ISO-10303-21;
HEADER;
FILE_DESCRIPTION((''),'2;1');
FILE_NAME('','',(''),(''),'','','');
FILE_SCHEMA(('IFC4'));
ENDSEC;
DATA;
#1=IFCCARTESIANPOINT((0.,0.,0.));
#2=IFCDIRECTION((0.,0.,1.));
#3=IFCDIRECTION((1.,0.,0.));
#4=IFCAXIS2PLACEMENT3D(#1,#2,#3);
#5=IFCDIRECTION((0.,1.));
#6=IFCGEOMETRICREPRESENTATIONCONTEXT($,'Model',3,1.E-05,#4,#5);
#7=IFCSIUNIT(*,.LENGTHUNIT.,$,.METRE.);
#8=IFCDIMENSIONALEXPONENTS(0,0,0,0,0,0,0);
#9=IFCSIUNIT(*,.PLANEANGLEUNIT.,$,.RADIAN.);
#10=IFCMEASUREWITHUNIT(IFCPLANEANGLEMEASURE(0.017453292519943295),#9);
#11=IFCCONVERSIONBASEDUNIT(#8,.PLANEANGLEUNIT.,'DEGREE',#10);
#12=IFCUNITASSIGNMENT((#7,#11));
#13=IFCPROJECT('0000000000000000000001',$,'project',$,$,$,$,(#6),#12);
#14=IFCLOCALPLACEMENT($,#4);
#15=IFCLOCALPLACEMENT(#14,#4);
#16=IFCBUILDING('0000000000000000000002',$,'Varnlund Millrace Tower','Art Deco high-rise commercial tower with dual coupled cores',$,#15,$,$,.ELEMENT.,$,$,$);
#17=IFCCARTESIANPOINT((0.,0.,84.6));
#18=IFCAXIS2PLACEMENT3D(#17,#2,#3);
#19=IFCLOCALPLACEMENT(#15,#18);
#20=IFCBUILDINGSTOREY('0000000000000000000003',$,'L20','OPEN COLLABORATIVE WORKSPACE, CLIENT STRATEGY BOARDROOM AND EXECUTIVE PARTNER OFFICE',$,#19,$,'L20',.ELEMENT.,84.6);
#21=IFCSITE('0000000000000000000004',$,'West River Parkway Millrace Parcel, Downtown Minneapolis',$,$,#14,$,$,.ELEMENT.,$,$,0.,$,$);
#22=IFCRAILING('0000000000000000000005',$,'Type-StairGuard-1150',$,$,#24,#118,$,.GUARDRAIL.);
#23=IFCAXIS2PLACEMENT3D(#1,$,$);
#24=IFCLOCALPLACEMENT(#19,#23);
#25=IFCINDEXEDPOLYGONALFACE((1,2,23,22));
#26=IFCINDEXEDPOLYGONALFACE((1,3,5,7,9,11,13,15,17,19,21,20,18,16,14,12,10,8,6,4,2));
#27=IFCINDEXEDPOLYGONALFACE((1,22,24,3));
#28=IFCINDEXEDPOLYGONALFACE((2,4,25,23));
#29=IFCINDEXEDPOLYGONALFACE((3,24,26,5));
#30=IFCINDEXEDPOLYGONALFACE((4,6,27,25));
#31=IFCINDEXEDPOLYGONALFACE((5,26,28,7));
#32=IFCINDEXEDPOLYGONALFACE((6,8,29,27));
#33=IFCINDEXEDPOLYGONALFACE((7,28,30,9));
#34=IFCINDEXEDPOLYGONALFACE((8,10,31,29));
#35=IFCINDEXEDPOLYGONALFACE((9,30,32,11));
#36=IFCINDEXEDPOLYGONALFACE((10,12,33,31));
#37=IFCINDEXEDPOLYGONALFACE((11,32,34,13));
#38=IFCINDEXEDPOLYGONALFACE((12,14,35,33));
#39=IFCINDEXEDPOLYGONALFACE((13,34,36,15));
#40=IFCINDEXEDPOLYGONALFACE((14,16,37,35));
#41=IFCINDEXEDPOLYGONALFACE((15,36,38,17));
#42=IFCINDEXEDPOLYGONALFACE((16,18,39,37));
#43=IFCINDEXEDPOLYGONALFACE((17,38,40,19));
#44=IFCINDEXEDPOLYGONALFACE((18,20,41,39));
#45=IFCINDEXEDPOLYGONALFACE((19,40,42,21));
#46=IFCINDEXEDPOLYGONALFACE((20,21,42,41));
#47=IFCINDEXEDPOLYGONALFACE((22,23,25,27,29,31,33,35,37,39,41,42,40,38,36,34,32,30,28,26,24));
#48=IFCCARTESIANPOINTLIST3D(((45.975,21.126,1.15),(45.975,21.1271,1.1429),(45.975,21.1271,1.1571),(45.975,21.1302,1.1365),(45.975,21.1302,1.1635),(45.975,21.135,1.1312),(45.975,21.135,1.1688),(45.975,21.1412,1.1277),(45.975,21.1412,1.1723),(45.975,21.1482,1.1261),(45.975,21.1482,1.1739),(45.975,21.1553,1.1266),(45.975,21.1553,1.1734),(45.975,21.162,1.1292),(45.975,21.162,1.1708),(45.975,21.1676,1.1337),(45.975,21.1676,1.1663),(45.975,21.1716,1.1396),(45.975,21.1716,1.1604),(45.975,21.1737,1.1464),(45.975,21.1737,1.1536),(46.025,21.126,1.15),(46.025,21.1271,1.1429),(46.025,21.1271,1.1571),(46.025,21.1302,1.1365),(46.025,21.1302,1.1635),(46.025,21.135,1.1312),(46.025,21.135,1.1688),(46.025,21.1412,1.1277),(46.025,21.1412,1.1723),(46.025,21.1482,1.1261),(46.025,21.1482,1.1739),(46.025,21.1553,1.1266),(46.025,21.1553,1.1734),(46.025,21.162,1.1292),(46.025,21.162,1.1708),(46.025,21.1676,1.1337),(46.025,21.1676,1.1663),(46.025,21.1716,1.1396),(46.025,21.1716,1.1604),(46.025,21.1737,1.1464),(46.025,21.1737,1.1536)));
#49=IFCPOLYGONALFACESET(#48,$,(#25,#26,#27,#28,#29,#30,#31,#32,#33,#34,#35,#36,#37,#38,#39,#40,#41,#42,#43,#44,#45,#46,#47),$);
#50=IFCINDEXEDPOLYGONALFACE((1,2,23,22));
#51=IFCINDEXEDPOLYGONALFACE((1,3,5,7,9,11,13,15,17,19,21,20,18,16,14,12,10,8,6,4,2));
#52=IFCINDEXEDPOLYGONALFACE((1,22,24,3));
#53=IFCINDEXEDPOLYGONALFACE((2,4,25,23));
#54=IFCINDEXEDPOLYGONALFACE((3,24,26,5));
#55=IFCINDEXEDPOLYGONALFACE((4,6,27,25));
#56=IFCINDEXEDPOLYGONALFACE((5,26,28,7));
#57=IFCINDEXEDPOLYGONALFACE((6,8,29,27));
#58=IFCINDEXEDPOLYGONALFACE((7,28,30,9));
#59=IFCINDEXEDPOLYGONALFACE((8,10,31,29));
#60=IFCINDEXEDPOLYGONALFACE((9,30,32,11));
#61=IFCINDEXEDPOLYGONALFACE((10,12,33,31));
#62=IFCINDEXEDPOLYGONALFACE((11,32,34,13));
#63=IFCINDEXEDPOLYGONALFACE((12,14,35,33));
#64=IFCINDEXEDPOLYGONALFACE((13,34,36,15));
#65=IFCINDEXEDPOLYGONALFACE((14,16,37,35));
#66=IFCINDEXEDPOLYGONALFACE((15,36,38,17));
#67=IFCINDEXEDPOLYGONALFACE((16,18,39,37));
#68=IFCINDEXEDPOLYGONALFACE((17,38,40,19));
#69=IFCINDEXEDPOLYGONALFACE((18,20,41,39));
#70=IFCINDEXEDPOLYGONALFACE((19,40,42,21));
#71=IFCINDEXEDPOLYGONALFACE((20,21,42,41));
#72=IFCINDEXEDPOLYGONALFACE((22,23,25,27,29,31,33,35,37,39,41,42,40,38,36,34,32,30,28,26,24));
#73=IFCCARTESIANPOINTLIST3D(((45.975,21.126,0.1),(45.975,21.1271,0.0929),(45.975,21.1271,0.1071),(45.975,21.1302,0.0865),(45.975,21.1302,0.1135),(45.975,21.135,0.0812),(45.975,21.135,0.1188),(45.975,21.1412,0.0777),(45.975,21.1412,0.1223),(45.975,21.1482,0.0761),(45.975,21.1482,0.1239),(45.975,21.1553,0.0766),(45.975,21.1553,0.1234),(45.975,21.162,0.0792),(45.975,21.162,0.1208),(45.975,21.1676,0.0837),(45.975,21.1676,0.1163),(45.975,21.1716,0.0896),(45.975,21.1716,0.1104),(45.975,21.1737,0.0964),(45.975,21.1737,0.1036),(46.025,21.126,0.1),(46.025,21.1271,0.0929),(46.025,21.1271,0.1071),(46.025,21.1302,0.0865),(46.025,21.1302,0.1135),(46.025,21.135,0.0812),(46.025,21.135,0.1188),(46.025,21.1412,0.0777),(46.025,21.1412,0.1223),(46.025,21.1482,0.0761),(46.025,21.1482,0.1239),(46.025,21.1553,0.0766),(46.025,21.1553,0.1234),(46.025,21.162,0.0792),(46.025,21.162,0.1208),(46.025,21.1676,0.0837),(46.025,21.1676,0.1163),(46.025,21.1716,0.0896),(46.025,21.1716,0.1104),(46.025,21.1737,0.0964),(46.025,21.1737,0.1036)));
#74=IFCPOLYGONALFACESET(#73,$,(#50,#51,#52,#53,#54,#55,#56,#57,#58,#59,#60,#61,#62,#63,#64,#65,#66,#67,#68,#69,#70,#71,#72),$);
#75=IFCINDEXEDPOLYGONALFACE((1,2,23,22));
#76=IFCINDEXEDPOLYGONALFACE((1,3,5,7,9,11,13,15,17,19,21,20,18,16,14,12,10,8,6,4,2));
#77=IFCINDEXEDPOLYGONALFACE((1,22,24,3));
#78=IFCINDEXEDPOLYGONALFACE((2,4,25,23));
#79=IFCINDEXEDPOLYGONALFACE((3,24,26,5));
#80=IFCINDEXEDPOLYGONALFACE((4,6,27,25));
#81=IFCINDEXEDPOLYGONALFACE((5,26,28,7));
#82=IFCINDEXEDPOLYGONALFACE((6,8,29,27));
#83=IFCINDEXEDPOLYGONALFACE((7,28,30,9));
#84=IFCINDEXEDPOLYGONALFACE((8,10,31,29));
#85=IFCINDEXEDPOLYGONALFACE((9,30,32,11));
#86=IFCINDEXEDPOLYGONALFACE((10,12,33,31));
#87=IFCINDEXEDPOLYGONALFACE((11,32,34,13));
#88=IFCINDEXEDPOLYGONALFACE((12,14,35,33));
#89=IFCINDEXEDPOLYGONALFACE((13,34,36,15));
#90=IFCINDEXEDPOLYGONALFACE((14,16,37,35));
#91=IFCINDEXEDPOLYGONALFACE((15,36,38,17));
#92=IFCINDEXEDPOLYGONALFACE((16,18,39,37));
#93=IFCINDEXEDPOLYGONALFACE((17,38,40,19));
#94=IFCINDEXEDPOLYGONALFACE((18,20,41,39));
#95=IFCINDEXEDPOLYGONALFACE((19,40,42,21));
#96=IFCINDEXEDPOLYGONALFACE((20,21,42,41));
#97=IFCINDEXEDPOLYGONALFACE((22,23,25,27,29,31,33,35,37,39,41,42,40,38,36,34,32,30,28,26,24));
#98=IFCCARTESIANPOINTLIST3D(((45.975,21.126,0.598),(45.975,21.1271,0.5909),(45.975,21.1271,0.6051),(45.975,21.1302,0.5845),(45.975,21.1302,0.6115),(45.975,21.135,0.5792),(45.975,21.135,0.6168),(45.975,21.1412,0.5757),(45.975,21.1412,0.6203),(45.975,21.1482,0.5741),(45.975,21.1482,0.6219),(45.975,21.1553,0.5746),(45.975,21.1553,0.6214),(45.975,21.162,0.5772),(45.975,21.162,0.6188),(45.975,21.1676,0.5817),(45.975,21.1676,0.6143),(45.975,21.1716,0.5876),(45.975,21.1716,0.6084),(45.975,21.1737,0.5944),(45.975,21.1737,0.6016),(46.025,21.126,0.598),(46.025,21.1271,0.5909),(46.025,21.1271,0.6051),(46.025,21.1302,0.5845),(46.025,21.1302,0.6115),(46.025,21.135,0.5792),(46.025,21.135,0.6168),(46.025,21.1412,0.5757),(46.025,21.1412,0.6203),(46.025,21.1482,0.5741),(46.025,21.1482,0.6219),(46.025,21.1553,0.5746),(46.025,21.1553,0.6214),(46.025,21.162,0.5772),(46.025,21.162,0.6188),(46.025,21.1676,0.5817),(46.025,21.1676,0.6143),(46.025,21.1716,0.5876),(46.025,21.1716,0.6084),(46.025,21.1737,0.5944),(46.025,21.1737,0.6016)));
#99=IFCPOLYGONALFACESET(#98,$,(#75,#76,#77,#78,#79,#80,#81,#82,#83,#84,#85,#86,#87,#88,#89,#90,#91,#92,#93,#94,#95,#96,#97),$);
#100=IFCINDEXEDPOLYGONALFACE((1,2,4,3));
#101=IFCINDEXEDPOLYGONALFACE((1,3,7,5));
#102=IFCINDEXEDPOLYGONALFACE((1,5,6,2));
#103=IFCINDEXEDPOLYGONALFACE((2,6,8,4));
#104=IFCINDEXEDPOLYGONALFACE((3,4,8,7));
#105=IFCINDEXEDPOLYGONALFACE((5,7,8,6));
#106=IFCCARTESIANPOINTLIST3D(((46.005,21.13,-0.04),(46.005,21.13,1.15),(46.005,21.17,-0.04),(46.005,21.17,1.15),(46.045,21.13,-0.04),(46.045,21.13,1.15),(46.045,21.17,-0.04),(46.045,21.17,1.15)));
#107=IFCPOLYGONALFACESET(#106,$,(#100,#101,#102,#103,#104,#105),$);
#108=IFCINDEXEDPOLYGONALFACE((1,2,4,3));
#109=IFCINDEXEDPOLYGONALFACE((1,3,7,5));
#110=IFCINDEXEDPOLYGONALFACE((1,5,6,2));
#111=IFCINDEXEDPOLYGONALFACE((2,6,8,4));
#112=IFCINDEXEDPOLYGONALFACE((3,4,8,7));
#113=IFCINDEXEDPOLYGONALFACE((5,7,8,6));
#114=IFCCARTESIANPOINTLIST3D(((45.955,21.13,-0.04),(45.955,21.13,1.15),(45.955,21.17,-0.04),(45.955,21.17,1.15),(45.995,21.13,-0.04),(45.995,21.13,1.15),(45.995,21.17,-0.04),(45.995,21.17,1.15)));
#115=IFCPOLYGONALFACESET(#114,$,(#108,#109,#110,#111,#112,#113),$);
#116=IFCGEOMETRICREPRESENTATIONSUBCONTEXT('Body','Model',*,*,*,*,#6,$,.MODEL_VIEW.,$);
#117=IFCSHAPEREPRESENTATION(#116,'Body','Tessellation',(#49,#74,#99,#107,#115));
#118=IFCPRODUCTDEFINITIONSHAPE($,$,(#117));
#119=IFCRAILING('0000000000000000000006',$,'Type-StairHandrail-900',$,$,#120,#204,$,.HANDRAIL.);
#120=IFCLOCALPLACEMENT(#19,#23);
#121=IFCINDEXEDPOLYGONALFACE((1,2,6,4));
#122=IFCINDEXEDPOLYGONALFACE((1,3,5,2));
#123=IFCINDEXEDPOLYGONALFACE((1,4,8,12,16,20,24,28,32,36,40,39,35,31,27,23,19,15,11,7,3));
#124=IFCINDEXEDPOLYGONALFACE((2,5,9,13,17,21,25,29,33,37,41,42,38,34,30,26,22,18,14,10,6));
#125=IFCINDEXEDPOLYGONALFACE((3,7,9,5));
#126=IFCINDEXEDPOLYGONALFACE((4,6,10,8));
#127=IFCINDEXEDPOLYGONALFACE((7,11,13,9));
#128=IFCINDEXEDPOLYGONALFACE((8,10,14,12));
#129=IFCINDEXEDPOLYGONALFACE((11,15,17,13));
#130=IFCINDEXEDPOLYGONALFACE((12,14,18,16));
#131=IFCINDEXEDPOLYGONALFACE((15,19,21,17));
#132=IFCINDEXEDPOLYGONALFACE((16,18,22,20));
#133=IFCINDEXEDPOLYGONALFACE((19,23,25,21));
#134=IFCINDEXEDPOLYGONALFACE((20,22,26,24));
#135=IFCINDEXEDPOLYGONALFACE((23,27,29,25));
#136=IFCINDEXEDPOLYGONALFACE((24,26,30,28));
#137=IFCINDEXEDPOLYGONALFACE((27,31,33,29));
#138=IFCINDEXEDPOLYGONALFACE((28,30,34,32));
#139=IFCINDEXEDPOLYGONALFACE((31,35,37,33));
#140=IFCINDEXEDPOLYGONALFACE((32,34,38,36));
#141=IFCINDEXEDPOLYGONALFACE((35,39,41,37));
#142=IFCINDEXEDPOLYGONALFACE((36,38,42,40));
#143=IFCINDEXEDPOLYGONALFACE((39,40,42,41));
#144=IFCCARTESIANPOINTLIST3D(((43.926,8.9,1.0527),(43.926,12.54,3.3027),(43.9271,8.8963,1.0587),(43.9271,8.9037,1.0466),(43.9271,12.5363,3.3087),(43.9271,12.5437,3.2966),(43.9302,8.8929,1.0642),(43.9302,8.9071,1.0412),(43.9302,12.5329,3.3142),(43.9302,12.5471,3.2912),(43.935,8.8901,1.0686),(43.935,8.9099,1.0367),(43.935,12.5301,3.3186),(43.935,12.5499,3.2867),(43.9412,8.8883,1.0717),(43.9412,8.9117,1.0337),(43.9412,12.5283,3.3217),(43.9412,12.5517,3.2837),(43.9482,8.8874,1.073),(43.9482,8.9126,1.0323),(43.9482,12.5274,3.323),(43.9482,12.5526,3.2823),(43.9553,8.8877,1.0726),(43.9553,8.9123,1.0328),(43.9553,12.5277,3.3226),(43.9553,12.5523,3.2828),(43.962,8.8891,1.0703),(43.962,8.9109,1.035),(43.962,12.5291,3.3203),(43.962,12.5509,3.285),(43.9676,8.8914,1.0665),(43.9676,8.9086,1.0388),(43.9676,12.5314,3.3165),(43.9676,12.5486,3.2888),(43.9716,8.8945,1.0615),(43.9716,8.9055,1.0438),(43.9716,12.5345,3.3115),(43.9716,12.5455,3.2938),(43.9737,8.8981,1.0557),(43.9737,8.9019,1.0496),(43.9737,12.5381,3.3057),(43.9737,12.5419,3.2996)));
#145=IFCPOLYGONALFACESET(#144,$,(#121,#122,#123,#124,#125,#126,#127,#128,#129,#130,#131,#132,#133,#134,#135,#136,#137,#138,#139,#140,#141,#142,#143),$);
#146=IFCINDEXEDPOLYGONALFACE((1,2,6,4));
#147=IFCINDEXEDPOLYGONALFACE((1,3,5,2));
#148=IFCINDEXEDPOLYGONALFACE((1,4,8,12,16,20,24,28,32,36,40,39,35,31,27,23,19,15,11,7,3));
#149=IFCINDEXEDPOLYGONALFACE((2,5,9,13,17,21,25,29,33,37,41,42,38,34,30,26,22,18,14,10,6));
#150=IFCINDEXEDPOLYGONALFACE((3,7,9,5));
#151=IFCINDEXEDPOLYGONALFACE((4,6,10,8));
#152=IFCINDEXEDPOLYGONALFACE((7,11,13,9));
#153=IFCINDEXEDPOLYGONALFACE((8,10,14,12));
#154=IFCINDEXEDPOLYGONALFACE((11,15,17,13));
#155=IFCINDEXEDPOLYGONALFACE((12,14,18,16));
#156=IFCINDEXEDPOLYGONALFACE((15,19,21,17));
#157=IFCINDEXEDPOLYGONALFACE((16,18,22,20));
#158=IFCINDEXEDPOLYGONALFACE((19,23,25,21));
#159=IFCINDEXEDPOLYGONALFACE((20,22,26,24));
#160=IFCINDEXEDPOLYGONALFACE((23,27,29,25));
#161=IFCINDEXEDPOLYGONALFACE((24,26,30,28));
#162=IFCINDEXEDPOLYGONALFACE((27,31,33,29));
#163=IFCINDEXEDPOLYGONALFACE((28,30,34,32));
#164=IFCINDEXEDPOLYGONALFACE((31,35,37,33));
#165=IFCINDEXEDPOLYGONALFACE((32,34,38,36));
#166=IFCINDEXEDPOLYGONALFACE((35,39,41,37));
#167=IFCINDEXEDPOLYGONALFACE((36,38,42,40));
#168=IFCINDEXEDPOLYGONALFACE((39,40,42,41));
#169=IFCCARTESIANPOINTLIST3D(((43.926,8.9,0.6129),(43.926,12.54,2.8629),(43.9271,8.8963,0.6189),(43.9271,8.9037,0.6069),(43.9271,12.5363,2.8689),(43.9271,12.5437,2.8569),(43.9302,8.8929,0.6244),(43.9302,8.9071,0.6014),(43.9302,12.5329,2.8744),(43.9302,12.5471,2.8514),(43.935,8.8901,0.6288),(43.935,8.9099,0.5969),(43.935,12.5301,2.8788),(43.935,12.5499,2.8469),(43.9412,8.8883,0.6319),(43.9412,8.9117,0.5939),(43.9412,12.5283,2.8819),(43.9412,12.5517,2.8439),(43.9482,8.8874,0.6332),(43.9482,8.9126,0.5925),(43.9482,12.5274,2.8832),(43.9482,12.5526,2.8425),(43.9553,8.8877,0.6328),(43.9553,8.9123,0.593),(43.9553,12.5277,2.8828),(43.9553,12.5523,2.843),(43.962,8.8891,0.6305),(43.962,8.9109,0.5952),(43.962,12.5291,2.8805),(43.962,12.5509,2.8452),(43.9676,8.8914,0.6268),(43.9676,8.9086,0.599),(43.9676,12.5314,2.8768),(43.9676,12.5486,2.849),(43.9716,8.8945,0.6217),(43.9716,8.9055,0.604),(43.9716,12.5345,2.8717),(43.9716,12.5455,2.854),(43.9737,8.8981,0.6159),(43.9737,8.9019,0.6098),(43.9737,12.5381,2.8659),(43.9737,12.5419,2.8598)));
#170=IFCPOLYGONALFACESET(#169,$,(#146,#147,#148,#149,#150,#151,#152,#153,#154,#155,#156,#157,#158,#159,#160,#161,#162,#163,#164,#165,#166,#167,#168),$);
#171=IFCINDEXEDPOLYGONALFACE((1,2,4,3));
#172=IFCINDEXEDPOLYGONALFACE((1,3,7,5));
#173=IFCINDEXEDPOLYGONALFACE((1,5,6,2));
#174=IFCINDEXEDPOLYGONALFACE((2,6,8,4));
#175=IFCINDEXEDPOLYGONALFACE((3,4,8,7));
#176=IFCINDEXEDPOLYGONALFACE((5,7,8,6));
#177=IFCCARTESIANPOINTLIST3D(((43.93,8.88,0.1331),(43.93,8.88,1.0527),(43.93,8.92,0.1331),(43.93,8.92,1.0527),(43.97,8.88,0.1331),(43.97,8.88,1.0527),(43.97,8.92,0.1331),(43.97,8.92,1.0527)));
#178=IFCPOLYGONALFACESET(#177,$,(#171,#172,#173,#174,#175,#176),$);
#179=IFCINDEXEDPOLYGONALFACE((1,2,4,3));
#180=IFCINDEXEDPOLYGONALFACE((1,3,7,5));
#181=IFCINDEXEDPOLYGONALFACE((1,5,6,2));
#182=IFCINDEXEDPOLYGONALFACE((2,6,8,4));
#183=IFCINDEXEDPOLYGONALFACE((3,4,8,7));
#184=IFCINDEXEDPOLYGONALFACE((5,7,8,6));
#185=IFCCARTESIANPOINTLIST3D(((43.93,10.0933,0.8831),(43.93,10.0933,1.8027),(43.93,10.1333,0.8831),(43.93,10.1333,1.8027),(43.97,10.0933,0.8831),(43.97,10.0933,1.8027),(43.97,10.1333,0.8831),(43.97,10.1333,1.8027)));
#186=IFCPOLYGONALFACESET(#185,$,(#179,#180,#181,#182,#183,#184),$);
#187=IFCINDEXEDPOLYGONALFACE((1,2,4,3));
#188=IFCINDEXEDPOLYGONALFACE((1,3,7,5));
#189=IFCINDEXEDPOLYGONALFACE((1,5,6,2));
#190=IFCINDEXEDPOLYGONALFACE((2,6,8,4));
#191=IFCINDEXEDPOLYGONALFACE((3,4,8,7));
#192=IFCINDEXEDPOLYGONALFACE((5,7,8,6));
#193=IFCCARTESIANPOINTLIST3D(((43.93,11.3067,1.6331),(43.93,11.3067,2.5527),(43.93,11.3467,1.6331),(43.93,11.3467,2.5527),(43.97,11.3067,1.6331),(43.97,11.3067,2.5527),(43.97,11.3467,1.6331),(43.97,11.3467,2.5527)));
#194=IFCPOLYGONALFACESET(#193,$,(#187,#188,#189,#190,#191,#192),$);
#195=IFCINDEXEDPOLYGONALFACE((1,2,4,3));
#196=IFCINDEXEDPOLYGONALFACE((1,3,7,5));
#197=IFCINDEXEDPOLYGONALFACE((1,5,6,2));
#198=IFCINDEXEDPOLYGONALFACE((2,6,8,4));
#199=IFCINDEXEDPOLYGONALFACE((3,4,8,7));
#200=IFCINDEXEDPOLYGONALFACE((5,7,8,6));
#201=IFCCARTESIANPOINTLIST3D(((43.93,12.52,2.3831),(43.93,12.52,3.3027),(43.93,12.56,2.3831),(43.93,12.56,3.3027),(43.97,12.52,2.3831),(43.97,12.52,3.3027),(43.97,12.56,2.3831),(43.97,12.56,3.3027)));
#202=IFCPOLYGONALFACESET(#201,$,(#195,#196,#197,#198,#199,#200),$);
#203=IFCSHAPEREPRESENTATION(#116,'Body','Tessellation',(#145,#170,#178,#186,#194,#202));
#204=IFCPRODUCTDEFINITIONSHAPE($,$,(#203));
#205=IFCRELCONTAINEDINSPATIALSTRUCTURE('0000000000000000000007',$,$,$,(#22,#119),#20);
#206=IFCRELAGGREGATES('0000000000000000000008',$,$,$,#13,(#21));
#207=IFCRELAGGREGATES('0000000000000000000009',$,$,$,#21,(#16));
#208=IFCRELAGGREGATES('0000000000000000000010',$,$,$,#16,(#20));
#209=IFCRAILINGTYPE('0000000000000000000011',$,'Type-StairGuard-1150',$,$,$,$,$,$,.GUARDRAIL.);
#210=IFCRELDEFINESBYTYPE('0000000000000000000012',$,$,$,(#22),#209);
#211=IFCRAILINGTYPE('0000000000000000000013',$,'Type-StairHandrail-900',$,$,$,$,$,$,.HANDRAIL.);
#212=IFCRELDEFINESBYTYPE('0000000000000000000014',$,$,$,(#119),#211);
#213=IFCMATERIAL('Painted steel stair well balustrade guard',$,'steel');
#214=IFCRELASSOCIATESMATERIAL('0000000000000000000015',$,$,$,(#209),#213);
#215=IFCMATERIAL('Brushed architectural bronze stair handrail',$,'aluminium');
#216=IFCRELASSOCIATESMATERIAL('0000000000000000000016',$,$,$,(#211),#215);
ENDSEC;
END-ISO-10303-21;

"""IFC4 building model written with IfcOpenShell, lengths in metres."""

from ifc_helpers import new_model, entity, si_unit, converted_unit, direction, frame, origin_with_axes, origin_2d_with_axis, place, context, subcontext, project, spatial, rectangle, circle, extrude, material, type_object, element, save


model = new_model("IFC4")

# Units and contexts
model_context = context("Model", 3, precision=1e-05, world=origin_with_axes(), true_north=direction((0.0, 1.0)))
body_context = subcontext(model_context, "Body", "Model", "MODEL_VIEW")
ifc_project = project(units=[si_unit("LENGTHUNIT", "METRE"), converted_unit("PLANEANGLEUNIT", "DEGREE", entity("IfcPlaneAngleMeasure", 0.017453292519943295), si_unit("PLANEANGLEUNIT", "RADIAN"), dimensions=[0, 0, 0, 0, 0, 0, 0])], contexts=[model_context])

# Site, building, storey
site_placement = place(None, origin_with_axes())
site = spatial("IfcSite", under=ifc_project, at=site_placement, Name="West River Parkway Millrace Parcel, Downtown Minneapolis", CompositionType="ELEMENT", RefElevation=0.0)
building_placement = place(site_placement, origin_with_axes())
building = spatial("IfcBuilding", under=site, at=building_placement, Name="Varnlund Millrace Tower", Description="Art Deco high-rise commercial tower with dual coupled cores", CompositionType="ELEMENT")
storey_placement = place(building_placement, frame((0.0, 0.0, 84.6), z_axis=(0.0, 0.0, 1.0), x_axis=(1.0, 0.0, 0.0)))
storey = spatial("IfcBuildingStorey", under=building, at=storey_placement, Name="L20", Description="OPEN COLLABORATIVE WORKSPACE, CLIENT STRATEGY BOARDROOM AND EXECUTIVE PARTNER OFFICE", LongName="L20", CompositionType="ELEMENT", Elevation=84.6)

# Railings
ifc_material_1 = material(Name="Painted steel stair well balustrade guard", Category="steel")
railing_type_1 = type_object("IfcRailingType", Name="Type-StairGuard-1150", PredefinedType="GUARDRAIL", material=ifc_material_1)
railing_1_placement = place(storey_placement, frame((0.0, 0.0, -84.6), z_axis=(0.0, 0.0, 1.0), x_axis=(1.0, 0.0, 0.0)))
element("IfcRailing", 1, at=railing_1_placement, inside=storey, type_object=railing_type_1, Name="Type-StairGuard-1150", PredefinedType="GUARDRAIL", context=body_context, shape_type="SweptSolid", body=[
    extrude(circle(Radius=0.024, at=origin_2d_with_axis()), frame((46.025, 21.15, 85.75), z_axis=(-1.0, 0.0, 0.0), x_axis=(0.0, -1.0, 0.0)), (0.0, 0.0, 1.0), 0.05),
    extrude(circle(Radius=0.024, at=origin_2d_with_axis()), frame((46.025, 21.15, 84.7), z_axis=(-1.0, 0.0, 0.0), x_axis=(0.0, -1.0, 0.0)), (0.0, 0.0, 1.0), 0.05),
    extrude(circle(Radius=0.024, at=origin_2d_with_axis()), frame((46.025, 21.15, 85.198), z_axis=(-1.0, 0.0, 0.0), x_axis=(0.0, -1.0, 0.0)), (0.0, 0.0, 1.0), 0.05),
    extrude(rectangle(XDim=0.04, YDim=0.04, at=origin_2d_with_axis()), frame((46.025, 21.15, 84.56), z_axis=(0.0, 0.0, 1.0), x_axis=(1.0, 0.0, 0.0)), (0.0, 0.0, 1.0), 1.19),
    extrude(rectangle(XDim=0.04, YDim=0.04, at=origin_2d_with_axis()), frame((45.975, 21.15, 84.56), z_axis=(0.0, 0.0, 1.0), x_axis=(1.0, 0.0, 0.0)), (0.0, 0.0, 1.0), 1.19),
])
ifc_material_2 = material(Name="Brushed architectural bronze stair handrail", Category="aluminium")
railing_type_2 = type_object("IfcRailingType", Name="Type-StairHandrail-900", PredefinedType="HANDRAIL", material=ifc_material_2)
railing_2_placement = place(storey_placement, frame((0.0, 0.0, -84.6), z_axis=(0.0, 0.0, 1.0), x_axis=(1.0, 0.0, 0.0)))
element("IfcRailing", 2, at=railing_2_placement, inside=storey, type_object=railing_type_2, Name="Type-StairHandrail-900", PredefinedType="HANDRAIL", context=body_context, shape_type="SweptSolid", body=[
    extrude(circle(Radius=0.024, at=origin_2d_with_axis()), frame((43.95, 8.9, 85.6527), z_axis=(0.0, 0.850614, 0.525791), x_axis=(-1.0, 0.0, 0.0)), (0.0, 0.0, 1.0), 4.2793),
    extrude(circle(Radius=0.024, at=origin_2d_with_axis()), frame((43.95, 8.9, 85.2129), z_axis=(0.0, 0.850614, 0.525791), x_axis=(-1.0, 0.0, 0.0)), (0.0, 0.0, 1.0), 4.2793),
    extrude(rectangle(XDim=0.04, YDim=0.04, at=origin_2d_with_axis()), frame((43.95, 8.9, 84.7331), z_axis=(0.0, 0.0, 1.0), x_axis=(1.0, 0.0, 0.0)), (0.0, 0.0, 1.0), 0.9196),
    extrude(rectangle(XDim=0.04, YDim=0.04, at=origin_2d_with_axis()), frame((43.95, 10.1133, 85.4831), z_axis=(0.0, 0.0, 1.0), x_axis=(1.0, 0.0, 0.0)), (0.0, 0.0, 1.0), 0.9196),
    extrude(rectangle(XDim=0.04, YDim=0.04, at=origin_2d_with_axis()), frame((43.95, 11.3267, 86.2331), z_axis=(0.0, 0.0, 1.0), x_axis=(1.0, 0.0, 0.0)), (0.0, 0.0, 1.0), 0.9196),
    extrude(rectangle(XDim=0.04, YDim=0.04, at=origin_2d_with_axis()), frame((43.95, 12.54, 86.9831), z_axis=(0.0, 0.0, 1.0), x_axis=(1.0, 0.0, 0.0)), (0.0, 0.0, 1.0), 0.9196),
])

save(model, "model.ifc")
